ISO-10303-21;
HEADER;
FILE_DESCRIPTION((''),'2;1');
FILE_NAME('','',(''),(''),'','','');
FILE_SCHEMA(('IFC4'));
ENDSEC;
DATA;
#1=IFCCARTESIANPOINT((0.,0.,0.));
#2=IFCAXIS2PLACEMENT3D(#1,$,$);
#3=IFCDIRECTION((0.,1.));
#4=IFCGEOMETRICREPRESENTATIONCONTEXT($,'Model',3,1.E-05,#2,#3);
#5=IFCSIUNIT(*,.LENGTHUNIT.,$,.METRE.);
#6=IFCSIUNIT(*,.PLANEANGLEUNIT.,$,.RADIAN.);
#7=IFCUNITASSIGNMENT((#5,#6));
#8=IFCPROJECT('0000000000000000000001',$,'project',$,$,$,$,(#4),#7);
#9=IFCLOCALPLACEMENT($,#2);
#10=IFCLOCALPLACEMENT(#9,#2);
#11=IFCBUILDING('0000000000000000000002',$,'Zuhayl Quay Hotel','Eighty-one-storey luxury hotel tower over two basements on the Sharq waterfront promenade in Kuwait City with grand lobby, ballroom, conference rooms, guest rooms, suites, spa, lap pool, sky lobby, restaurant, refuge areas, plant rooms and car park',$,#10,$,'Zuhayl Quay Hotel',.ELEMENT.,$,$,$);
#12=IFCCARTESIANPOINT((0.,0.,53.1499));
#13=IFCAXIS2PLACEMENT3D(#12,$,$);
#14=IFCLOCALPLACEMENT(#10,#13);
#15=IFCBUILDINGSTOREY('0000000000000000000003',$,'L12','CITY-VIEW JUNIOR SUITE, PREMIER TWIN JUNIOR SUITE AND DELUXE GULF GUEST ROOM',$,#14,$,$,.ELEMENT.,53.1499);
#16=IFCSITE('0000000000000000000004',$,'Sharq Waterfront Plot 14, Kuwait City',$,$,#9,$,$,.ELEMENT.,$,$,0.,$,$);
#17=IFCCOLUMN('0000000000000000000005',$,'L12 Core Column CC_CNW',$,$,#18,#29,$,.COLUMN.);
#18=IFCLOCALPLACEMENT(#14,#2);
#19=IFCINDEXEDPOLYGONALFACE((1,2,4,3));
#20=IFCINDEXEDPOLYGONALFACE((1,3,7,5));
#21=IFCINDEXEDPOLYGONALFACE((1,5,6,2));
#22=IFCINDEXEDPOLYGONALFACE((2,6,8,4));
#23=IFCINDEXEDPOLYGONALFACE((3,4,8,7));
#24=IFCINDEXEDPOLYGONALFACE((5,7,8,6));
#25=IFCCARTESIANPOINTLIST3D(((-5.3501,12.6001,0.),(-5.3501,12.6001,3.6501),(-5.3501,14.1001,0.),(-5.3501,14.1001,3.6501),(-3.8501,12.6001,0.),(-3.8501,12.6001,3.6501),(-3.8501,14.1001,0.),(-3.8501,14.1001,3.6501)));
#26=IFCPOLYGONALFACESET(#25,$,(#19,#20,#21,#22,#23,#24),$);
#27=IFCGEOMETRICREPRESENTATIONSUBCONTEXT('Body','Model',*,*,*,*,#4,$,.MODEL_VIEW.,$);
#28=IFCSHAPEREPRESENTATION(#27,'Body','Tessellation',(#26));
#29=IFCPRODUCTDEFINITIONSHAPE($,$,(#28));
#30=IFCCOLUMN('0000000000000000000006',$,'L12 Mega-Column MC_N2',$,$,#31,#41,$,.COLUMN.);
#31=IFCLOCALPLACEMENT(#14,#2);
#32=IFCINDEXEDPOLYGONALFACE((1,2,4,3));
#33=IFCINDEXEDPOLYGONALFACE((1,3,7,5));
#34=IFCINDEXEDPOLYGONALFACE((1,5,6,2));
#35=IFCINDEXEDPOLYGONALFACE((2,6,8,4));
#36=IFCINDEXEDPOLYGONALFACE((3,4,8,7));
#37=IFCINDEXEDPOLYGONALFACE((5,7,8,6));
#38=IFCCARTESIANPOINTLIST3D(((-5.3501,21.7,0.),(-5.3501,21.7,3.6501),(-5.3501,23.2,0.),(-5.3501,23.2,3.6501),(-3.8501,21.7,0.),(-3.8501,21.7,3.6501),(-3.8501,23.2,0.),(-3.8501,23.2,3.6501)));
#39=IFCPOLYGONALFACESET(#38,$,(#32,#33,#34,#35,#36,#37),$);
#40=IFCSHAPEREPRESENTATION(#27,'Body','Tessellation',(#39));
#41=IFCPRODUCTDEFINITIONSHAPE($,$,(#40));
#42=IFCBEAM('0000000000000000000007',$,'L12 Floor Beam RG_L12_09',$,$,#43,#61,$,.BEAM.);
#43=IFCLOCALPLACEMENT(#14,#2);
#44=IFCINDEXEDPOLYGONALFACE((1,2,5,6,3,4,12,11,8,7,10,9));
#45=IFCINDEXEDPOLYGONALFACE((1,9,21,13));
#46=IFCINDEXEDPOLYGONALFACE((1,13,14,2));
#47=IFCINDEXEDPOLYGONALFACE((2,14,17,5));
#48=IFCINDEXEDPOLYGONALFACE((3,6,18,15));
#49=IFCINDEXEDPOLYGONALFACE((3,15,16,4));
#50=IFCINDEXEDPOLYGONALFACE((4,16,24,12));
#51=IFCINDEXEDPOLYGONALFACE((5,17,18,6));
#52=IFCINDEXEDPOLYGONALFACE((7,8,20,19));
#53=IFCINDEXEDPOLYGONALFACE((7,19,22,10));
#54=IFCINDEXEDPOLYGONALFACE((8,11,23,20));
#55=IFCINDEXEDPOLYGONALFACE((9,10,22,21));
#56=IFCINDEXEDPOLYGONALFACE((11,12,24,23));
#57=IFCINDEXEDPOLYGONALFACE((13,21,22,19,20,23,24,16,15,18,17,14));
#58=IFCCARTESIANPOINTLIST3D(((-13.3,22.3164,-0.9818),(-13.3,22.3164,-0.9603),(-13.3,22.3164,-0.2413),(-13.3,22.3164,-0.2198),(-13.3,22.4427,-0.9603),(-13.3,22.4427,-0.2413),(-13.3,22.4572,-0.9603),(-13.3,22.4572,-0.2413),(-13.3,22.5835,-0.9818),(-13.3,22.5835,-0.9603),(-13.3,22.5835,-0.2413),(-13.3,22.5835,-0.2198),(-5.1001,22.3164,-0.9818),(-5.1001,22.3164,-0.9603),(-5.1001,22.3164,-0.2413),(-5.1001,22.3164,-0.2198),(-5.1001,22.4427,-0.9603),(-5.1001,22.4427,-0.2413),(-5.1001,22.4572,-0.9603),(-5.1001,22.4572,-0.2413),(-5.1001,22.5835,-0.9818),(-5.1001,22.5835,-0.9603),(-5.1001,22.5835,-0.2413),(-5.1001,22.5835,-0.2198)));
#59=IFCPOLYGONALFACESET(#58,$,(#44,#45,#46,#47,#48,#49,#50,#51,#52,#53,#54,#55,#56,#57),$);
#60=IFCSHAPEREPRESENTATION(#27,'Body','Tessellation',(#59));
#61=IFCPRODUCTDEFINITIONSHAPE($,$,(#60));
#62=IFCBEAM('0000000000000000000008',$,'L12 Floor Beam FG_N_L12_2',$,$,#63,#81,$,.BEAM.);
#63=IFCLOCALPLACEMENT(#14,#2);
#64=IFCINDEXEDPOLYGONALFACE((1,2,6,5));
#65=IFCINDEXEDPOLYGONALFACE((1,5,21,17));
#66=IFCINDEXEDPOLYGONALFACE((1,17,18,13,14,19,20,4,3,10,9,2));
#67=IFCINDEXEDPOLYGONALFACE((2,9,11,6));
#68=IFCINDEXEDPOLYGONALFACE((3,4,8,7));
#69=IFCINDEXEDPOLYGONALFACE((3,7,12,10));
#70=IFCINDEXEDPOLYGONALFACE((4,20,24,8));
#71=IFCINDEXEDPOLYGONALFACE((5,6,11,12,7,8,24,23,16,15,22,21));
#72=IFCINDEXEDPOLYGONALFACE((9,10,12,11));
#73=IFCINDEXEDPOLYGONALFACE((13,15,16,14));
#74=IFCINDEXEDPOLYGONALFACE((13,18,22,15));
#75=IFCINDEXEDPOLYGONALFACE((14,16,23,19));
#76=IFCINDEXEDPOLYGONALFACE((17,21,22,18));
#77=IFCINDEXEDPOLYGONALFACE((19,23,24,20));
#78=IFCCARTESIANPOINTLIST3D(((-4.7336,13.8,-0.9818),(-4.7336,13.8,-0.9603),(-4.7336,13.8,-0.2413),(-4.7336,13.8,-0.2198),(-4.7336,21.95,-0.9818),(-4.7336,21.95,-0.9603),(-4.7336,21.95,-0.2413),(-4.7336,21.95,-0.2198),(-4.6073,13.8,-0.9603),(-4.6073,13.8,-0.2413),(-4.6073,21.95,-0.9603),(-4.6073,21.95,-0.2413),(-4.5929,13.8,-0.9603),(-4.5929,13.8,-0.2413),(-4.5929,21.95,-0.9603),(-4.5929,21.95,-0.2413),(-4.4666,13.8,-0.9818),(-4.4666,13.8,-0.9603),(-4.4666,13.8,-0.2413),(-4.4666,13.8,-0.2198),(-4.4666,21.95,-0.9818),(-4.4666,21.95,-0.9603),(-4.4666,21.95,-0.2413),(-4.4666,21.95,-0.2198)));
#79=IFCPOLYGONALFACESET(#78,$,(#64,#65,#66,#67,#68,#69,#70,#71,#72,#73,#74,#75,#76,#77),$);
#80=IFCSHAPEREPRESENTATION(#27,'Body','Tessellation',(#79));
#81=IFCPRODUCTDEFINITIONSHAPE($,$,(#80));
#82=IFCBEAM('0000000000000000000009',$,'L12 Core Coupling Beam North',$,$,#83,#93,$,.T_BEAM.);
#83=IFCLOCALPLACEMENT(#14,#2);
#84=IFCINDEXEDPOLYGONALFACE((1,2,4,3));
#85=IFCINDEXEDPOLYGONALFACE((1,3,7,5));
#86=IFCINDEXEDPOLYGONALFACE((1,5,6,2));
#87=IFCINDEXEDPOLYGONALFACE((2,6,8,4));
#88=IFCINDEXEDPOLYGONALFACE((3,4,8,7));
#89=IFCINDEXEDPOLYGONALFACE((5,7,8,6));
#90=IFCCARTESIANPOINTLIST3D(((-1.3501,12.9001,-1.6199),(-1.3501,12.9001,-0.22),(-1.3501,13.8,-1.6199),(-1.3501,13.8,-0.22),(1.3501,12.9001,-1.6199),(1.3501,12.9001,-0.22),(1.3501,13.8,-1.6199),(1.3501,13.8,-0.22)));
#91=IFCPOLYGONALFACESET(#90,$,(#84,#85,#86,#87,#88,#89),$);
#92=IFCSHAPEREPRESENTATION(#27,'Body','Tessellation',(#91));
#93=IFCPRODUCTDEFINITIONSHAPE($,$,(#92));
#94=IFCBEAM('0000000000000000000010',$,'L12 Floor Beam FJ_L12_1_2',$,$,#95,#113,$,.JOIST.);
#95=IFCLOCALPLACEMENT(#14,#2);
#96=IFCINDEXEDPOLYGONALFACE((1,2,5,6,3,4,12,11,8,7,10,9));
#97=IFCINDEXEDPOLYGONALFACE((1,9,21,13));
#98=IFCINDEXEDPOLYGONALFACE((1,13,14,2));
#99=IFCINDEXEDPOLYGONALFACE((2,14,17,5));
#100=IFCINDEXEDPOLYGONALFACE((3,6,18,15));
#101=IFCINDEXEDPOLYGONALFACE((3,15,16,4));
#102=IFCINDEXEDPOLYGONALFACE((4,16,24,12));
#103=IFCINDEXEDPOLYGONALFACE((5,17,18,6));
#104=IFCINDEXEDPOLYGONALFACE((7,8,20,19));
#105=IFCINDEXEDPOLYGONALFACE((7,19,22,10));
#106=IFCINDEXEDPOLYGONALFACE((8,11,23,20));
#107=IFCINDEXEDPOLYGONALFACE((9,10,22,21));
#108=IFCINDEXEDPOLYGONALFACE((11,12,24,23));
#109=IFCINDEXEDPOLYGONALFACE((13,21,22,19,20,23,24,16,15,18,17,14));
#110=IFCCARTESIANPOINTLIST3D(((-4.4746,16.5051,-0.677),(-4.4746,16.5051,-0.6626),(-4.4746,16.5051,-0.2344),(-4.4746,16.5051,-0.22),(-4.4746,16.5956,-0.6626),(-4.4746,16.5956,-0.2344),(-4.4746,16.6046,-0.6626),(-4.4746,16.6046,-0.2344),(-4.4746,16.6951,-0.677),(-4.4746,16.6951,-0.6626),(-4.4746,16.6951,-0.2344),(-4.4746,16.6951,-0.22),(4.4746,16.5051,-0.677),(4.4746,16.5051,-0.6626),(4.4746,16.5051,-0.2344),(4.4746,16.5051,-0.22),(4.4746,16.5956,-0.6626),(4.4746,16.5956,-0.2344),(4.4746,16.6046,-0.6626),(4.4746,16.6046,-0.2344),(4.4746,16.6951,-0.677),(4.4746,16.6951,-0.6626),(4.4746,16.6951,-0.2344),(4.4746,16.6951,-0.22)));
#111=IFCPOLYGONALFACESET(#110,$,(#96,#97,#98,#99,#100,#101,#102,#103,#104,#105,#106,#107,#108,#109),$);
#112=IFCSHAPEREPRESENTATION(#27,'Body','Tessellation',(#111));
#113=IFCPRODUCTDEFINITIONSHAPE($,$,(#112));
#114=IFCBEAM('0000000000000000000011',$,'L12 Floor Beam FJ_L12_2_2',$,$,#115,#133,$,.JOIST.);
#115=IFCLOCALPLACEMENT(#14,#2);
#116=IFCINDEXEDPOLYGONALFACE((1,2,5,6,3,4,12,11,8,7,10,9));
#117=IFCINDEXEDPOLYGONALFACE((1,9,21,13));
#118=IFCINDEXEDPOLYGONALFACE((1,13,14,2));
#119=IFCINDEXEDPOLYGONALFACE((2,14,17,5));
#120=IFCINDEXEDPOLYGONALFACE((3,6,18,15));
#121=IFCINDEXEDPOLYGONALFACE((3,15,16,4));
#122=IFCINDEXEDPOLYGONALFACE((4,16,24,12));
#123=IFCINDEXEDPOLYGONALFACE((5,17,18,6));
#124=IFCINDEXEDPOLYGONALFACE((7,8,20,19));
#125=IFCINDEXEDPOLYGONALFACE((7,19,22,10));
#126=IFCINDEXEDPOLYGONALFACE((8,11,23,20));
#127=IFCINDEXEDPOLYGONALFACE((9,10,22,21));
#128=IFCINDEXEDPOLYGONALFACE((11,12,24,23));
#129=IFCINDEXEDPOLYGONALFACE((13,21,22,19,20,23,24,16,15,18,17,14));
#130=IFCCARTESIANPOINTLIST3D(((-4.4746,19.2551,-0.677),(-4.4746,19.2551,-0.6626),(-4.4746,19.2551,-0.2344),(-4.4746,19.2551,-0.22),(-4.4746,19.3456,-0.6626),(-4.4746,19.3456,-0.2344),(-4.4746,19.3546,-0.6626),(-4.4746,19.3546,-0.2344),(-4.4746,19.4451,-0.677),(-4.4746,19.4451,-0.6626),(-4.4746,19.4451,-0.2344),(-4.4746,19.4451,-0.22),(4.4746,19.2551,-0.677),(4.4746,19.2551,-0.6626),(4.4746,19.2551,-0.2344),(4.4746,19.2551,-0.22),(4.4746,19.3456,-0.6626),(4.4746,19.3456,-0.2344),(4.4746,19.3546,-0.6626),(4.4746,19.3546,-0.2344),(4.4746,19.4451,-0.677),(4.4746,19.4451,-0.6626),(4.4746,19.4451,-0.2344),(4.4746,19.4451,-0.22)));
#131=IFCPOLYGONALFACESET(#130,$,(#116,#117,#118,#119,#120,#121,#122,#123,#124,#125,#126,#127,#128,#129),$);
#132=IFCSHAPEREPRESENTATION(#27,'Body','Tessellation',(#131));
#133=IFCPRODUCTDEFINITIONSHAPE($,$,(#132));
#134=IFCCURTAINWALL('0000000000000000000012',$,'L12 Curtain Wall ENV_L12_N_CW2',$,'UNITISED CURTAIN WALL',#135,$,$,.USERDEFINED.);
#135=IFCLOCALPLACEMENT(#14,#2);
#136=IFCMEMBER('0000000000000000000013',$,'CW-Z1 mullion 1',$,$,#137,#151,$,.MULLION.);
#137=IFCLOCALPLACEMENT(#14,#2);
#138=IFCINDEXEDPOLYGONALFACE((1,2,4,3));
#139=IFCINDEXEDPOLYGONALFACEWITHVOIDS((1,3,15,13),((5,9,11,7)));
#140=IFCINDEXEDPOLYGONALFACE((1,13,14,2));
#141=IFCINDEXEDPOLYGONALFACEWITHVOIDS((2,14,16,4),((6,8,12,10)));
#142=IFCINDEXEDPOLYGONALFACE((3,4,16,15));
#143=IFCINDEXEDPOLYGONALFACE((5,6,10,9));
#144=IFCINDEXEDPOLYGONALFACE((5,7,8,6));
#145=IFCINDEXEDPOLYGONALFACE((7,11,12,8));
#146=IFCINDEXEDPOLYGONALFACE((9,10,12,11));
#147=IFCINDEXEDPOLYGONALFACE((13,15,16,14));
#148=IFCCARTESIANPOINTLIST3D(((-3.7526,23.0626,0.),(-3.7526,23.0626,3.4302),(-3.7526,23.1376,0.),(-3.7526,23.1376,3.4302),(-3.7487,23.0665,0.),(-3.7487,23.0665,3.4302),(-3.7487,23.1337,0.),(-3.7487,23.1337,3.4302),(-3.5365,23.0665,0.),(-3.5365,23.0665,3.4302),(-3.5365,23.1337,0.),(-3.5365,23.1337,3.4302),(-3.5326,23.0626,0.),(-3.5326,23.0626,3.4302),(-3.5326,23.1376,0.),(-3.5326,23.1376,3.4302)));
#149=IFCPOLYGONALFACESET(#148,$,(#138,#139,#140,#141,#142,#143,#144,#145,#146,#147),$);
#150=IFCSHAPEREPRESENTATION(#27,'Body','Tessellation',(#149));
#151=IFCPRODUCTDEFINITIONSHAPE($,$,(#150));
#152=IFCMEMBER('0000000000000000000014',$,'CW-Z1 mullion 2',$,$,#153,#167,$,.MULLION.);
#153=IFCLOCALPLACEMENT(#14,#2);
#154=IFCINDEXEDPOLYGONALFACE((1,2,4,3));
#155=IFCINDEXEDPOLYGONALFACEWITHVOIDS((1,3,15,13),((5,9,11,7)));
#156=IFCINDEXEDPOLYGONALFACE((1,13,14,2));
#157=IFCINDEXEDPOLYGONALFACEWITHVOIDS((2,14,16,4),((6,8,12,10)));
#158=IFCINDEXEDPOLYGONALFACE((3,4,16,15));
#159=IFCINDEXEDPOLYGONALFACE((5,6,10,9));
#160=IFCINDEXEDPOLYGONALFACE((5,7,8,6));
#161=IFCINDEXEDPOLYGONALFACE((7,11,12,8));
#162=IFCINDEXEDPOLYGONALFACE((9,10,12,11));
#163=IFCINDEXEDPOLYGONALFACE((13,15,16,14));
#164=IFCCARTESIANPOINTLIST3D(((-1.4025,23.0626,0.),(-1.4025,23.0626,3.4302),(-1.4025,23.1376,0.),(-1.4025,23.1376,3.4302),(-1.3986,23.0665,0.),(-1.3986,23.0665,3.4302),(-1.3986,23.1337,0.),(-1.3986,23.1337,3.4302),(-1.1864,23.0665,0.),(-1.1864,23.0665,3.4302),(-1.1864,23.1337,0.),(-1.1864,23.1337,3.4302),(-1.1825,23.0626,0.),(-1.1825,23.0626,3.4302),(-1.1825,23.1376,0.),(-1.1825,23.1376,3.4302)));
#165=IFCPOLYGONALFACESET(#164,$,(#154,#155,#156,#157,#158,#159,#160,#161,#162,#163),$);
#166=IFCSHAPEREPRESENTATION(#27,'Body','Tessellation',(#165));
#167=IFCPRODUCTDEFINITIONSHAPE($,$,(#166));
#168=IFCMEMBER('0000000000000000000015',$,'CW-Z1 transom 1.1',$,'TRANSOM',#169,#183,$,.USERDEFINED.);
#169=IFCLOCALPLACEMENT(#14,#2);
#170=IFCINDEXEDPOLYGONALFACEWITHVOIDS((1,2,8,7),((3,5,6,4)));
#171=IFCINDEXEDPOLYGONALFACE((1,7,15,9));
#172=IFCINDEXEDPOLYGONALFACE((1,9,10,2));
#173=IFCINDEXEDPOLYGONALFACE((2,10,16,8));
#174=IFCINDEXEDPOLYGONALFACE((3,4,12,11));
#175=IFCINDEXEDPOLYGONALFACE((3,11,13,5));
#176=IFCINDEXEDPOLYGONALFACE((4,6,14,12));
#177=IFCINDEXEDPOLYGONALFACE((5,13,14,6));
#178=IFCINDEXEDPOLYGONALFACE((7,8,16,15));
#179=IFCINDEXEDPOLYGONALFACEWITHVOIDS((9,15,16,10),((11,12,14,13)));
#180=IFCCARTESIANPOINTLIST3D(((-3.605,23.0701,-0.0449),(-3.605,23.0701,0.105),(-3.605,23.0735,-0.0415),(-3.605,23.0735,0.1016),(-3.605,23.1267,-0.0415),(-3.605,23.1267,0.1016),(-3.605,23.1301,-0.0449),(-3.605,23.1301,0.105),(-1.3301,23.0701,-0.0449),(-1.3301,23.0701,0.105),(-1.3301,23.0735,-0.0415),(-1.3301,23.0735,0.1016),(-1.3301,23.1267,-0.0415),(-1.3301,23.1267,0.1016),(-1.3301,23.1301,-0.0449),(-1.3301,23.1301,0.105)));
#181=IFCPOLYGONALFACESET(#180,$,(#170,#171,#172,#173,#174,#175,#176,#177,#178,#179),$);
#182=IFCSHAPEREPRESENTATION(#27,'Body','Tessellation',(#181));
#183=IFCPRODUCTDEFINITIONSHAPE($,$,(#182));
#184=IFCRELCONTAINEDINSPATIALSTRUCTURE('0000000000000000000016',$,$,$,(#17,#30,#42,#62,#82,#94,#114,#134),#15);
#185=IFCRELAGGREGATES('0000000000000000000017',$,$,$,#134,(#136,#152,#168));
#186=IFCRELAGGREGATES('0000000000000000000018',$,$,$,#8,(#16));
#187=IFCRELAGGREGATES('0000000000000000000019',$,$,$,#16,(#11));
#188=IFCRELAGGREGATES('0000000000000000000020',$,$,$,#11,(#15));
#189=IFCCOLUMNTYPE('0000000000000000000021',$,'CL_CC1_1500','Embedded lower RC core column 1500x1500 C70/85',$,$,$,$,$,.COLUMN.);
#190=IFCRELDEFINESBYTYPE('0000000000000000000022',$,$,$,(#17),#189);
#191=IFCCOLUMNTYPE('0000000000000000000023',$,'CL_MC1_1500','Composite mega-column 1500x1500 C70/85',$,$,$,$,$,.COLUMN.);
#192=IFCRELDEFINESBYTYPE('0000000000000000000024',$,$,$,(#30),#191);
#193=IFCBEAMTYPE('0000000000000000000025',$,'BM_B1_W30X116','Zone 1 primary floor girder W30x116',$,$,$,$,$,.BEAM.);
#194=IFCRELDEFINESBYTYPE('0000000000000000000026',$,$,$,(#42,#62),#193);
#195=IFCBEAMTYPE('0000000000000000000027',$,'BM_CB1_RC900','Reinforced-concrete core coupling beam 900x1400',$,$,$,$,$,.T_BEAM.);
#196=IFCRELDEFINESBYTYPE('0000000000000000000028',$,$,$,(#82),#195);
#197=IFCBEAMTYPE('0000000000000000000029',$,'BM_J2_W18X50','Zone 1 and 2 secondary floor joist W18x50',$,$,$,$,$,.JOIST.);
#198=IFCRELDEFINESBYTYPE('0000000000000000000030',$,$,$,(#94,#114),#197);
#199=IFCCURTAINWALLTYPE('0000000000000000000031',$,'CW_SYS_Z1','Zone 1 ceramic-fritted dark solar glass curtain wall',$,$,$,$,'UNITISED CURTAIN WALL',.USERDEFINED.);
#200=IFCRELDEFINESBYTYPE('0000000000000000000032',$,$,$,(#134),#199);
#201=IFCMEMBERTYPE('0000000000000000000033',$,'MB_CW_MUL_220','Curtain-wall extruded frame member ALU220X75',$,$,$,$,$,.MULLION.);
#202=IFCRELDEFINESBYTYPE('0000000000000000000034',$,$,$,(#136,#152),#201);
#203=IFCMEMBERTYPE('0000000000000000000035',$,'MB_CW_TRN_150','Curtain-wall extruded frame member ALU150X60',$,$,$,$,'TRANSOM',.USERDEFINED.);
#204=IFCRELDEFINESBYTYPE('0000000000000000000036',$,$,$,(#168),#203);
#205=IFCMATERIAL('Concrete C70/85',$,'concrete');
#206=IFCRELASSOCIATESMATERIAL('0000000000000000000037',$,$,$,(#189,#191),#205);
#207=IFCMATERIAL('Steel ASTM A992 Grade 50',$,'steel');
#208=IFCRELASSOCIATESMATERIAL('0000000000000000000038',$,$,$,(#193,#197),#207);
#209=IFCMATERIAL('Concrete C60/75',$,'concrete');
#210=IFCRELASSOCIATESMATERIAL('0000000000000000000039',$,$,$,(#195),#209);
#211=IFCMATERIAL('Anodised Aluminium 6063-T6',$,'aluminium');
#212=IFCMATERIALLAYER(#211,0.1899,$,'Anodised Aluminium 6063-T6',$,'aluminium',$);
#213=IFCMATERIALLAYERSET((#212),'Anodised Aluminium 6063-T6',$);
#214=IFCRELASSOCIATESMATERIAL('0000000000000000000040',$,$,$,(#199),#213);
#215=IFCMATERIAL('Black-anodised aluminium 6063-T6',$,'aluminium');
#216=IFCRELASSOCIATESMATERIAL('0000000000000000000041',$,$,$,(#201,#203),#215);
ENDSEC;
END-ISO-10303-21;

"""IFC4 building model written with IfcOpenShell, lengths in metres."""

from ifc_helpers import new_model, si_unit, direction, frame, origin, origin_2d, place, context, subcontext, project, spatial, rectangle, hollow_rectangle, i_section, extrude, material, layer, layer_set, material_profile, profile_set, type_object, element, aggregate, save


model = new_model("IFC4")

# Units and contexts
model_context = context("Model", 3, precision=1e-05, world=origin(), true_north=direction((0.0, 1.0)))
body_context = subcontext(model_context, "Body", "Model", "MODEL_VIEW")
ifc_project = project(units=[si_unit("LENGTHUNIT", "METRE"), si_unit("PLANEANGLEUNIT", "RADIAN")], contexts=[model_context])

# Site, building, storey
site_placement = place(None, origin())
site = spatial("IfcSite", under=ifc_project, at=site_placement, Name="Sharq Waterfront Plot 14, Kuwait City", CompositionType="ELEMENT", RefElevation=0.0)
building_placement = place(site_placement, origin())
building = spatial("IfcBuilding", under=site, at=building_placement, Name="Zuhayl Quay Hotel", Description="Eighty-one-storey luxury hotel tower over two basements on the Sharq waterfront promenade in Kuwait City with grand lobby, ballroom, conference rooms, guest rooms, suites, spa, lap pool, sky lobby, restaurant, refuge areas, plant rooms and car park", LongName="Zuhayl Quay Hotel", CompositionType="ELEMENT")
storey_placement = place(building_placement, frame((0.0, 0.0, 53.1499)))
storey = spatial("IfcBuildingStorey", under=building, at=storey_placement, Name="L12", Description="CITY-VIEW JUNIOR SUITE, PREMIER TWIN JUNIOR SUITE AND DELUXE GULF GUEST ROOM", CompositionType="ELEMENT", Elevation=53.1499)

# Columns
ifc_material_1 = material(Name="Concrete C70/85", Category="concrete")
ifc_material_profile_1 = material_profile(ifc_material_1, rectangle(XDim=1.5, YDim=1.5, at=origin_2d()), Name="RC1500X1500")
ifc_profile_set_1 = profile_set([ifc_material_profile_1], Name="Concrete C70/85")
column_type_1 = type_object("IfcColumnType", Name="CL_CC1_1500", Description="Embedded lower RC core column 1500x1500 C70/85", PredefinedType="COLUMN", material=ifc_profile_set_1)
column_1_placement = place(storey_placement, frame((-4.6001, 13.3501, 0.0), z_axis=(0.0, 0.0, 1.0), x_axis=(1.0, 0.0, 0.0)))
element("IfcColumn", 1, at=column_1_placement, inside=storey, type_object=column_type_1, Name="L12 Core Column CC_CNW", PredefinedType="COLUMN", context=body_context, shape_type="SweptSolid", body=[
    extrude(rectangle(XDim=1.5, YDim=1.5, at=origin_2d()), origin(), (0.0, 0.0, 1.0), 3.6501),
])
ifc_material_profile_2 = material_profile(ifc_material_1, rectangle(XDim=1.5, YDim=1.5, at=origin_2d()), Name="RC1500X1500")
ifc_profile_set_2 = profile_set([ifc_material_profile_2], Name="Concrete C70/85")
column_type_2 = type_object("IfcColumnType", Name="CL_MC1_1500", Description="Composite mega-column 1500x1500 C70/85", PredefinedType="COLUMN", material=ifc_profile_set_2)
column_2_placement = place(storey_placement, frame((-4.6001, 22.45, 0.0), z_axis=(0.0, 0.0, 1.0), x_axis=(1.0, 0.0, 0.0)))
element("IfcColumn", 2, at=column_2_placement, inside=storey, type_object=column_type_2, Name="L12 Mega-Column MC_N2", PredefinedType="COLUMN", context=body_context, shape_type="SweptSolid", body=[
    extrude(rectangle(XDim=1.5, YDim=1.5, at=origin_2d()), origin(), (0.0, 0.0, 1.0), 3.6501),
])

# Beams
ifc_material_2 = material(Name="Steel ASTM A992 Grade 50", Category="steel")
ifc_material_profile_3 = material_profile(ifc_material_2, i_section(OverallWidth=0.2671, OverallDepth=0.762, WebThickness=0.0144, FlangeThickness=0.0215, at=origin_2d()), Name="W30X116")
ifc_profile_set_3 = profile_set([ifc_material_profile_3], Name="Steel ASTM A992 Grade 50")
beam_type_1 = type_object("IfcBeamType", Name="BM_B1_W30X116", Description="Zone 1 primary floor girder W30x116", PredefinedType="BEAM", material=ifc_profile_set_3)
beam_1_placement = place(storey_placement, frame((-5.1001, 22.45, -0.6008), z_axis=(-1.0, 0.0, 0.0), x_axis=(0.0, -1.0, 0.0)))
element("IfcBeam", 3, at=beam_1_placement, inside=storey, type_object=beam_type_1, Name="L12 Floor Beam RG_L12_09", PredefinedType="BEAM", context=body_context, shape_type="SweptSolid", body=[
    extrude(i_section(OverallWidth=0.2671, OverallDepth=0.762, WebThickness=0.0144, FlangeThickness=0.0215, at=origin_2d()), origin(), (0.0, 0.0, 1.0), 8.2),
])
beam_2_placement = place(storey_placement, frame((-4.6001, 13.8, -0.6008), z_axis=(0.0, 1.0, 0.0), x_axis=(-1.0, 0.0, 0.0)))
element("IfcBeam", 4, at=beam_2_placement, inside=storey, type_object=beam_type_1, Name="L12 Floor Beam FG_N_L12_2", PredefinedType="BEAM", context=body_context, shape_type="SweptSolid", body=[
    extrude(i_section(OverallWidth=0.2671, OverallDepth=0.762, WebThickness=0.0144, FlangeThickness=0.0215, at=origin_2d()), origin(), (0.0, 0.0, 1.0), 8.1499),
])
ifc_material_3 = material(Name="Concrete C60/75", Category="concrete")
ifc_material_profile_4 = material_profile(ifc_material_3, rectangle(XDim=0.8999, YDim=1.3999, at=origin_2d()), Name="RC900X1400")
ifc_profile_set_4 = profile_set([ifc_material_profile_4], Name="Concrete C60/75")
beam_type_2 = type_object("IfcBeamType", Name="BM_CB1_RC900", Description="Reinforced-concrete core coupling beam 900x1400", PredefinedType="T_BEAM", material=ifc_profile_set_4)
beam_3_placement = place(storey_placement, frame((-1.3501, 13.3501, -0.9199), z_axis=(1.0, 0.0, 0.0), x_axis=(0.0, 1.0, 0.0)))
element("IfcBeam", 5, at=beam_3_placement, inside=storey, type_object=beam_type_2, Name="L12 Core Coupling Beam North", PredefinedType="T_BEAM", context=body_context, shape_type="SweptSolid", body=[
    extrude(rectangle(XDim=0.8999, YDim=1.3999, at=origin_2d()), origin(), (0.0, 0.0, 1.0), 2.7002),
])
ifc_material_profile_5 = material_profile(ifc_material_2, i_section(OverallWidth=0.1899, OverallDepth=0.457, WebThickness=0.009, FlangeThickness=0.0144, at=origin_2d()), Name="W18X50")
ifc_profile_set_5 = profile_set([ifc_material_profile_5], Name="Steel ASTM A992 Grade 50")
beam_type_3 = type_object("IfcBeamType", Name="BM_J2_W18X50", Description="Zone 1 and 2 secondary floor joist W18x50", PredefinedType="JOIST", material=ifc_profile_set_5)
for number, where, z_axis, x_axis, name in (
    (6, (-4.4746, 16.6001, -0.4485), (1.0, 0.0, 0.0), (0.0, 1.0, 0.0), "L12 Floor Beam FJ_L12_1_2"),
    (7, (-4.4746, 19.3501, -0.4485), (1.0, 0.0, 0.0), (0.0, 1.0, 0.0), "L12 Floor Beam FJ_L12_2_2"),
):
    element("IfcBeam", number, at=place(storey_placement, frame(where, z_axis=z_axis, x_axis=x_axis)), inside=storey, type_object=beam_type_3, Name=name, PredefinedType="JOIST", context=body_context, shape_type="SweptSolid", body=[
        extrude(i_section(OverallWidth=0.1899, OverallDepth=0.457, WebThickness=0.009, FlangeThickness=0.0144, at=origin_2d()), origin(), (0.0, 0.0, 1.0), 8.9492),
    ])

# Curtain wall, members
ifc_material_4 = material(Name="Anodised Aluminium 6063-T6", Category="aluminium")
ifc_layer_1 = layer(ifc_material_4, 0.1899, Name="Anodised Aluminium 6063-T6", Category="aluminium")
ifc_layer_set_1 = layer_set([ifc_layer_1], Name="Anodised Aluminium 6063-T6")
curtain_wall_type = type_object("IfcCurtainWallType", Name="CW_SYS_Z1", Description="Zone 1 ceramic-fritted dark solar glass curtain wall", ElementType="UNITISED CURTAIN WALL", PredefinedType="USERDEFINED", material=ifc_layer_set_1)
curtain_wall_placement = place(storey_placement, origin())
curtain_wall = element("IfcCurtainWall", 8, at=curtain_wall_placement, inside=storey, type_object=curtain_wall_type, Name="L12 Curtain Wall ENV_L12_N_CW2", ObjectType="UNITISED CURTAIN WALL", PredefinedType="USERDEFINED")
ifc_material_5 = material(Name="Black-anodised aluminium 6063-T6", Category="aluminium")
ifc_material_profile_6 = material_profile(ifc_material_5, hollow_rectangle(XDim=0.075, YDim=0.22, WallThickness=0.0039, at=origin_2d()), Name="ALU220X75")
ifc_profile_set_6 = profile_set([ifc_material_profile_6], Name="Black-anodised aluminium 6063-T6")
member_type_1 = type_object("IfcMemberType", Name="MB_CW_MUL_220", Description="Curtain-wall extruded frame member ALU220X75", PredefinedType="MULLION", material=ifc_profile_set_6)
member_1_placement = place(storey_placement, frame((-3.6426, 23.1001, 0.0), z_axis=(0.0, 0.0, 1.0), x_axis=(0.0, 1.0, 0.0)))
member_1 = element("IfcMember", 9, at=member_1_placement, type_object=member_type_1, Name="CW-Z1 mullion 1", PredefinedType="MULLION", context=body_context, shape_type="SweptSolid", body=[
    extrude(hollow_rectangle(XDim=0.075, YDim=0.22, WallThickness=0.0039, at=origin_2d()), origin(), (0.0, 0.0, 1.0), 3.4302),
])
member_2_placement = place(storey_placement, frame((-1.2925, 23.1001, 0.0), z_axis=(0.0, 0.0, 1.0), x_axis=(0.0, 1.0, 0.0)))
member_2 = element("IfcMember", 10, at=member_2_placement, type_object=member_type_1, Name="CW-Z1 mullion 2", PredefinedType="MULLION", context=body_context, shape_type="SweptSolid", body=[
    extrude(hollow_rectangle(XDim=0.075, YDim=0.22, WallThickness=0.0039, at=origin_2d()), origin(), (0.0, 0.0, 1.0), 3.4302),
])
ifc_material_profile_7 = material_profile(ifc_material_5, hollow_rectangle(XDim=0.0601, YDim=0.1499, WallThickness=0.0034, at=origin_2d()), Name="ALU150X60")
ifc_profile_set_7 = profile_set([ifc_material_profile_7], Name="Black-anodised aluminium 6063-T6")
member_type_2 = type_object("IfcMemberType", Name="MB_CW_TRN_150", Description="Curtain-wall extruded frame member ALU150X60", ElementType="TRANSOM", PredefinedType="USERDEFINED", material=ifc_profile_set_7)
member_3_placement = place(storey_placement, frame((-3.605, 23.1001, 0.03), z_axis=(1.0, 0.0, 0.0), x_axis=(0.0, 1.0, 0.0)))
member_3 = element("IfcMember", 11, at=member_3_placement, type_object=member_type_2, Name="CW-Z1 transom 1.1", ObjectType="TRANSOM", PredefinedType="USERDEFINED", context=body_context, shape_type="SweptSolid", body=[
    extrude(hollow_rectangle(XDim=0.0601, YDim=0.1499, WallThickness=0.0034, at=origin_2d()), origin(), (0.0, 0.0, 1.0), 2.2749),
])
aggregate(curtain_wall, [member_1, member_2, member_3])

save(model, "model.ifc")
